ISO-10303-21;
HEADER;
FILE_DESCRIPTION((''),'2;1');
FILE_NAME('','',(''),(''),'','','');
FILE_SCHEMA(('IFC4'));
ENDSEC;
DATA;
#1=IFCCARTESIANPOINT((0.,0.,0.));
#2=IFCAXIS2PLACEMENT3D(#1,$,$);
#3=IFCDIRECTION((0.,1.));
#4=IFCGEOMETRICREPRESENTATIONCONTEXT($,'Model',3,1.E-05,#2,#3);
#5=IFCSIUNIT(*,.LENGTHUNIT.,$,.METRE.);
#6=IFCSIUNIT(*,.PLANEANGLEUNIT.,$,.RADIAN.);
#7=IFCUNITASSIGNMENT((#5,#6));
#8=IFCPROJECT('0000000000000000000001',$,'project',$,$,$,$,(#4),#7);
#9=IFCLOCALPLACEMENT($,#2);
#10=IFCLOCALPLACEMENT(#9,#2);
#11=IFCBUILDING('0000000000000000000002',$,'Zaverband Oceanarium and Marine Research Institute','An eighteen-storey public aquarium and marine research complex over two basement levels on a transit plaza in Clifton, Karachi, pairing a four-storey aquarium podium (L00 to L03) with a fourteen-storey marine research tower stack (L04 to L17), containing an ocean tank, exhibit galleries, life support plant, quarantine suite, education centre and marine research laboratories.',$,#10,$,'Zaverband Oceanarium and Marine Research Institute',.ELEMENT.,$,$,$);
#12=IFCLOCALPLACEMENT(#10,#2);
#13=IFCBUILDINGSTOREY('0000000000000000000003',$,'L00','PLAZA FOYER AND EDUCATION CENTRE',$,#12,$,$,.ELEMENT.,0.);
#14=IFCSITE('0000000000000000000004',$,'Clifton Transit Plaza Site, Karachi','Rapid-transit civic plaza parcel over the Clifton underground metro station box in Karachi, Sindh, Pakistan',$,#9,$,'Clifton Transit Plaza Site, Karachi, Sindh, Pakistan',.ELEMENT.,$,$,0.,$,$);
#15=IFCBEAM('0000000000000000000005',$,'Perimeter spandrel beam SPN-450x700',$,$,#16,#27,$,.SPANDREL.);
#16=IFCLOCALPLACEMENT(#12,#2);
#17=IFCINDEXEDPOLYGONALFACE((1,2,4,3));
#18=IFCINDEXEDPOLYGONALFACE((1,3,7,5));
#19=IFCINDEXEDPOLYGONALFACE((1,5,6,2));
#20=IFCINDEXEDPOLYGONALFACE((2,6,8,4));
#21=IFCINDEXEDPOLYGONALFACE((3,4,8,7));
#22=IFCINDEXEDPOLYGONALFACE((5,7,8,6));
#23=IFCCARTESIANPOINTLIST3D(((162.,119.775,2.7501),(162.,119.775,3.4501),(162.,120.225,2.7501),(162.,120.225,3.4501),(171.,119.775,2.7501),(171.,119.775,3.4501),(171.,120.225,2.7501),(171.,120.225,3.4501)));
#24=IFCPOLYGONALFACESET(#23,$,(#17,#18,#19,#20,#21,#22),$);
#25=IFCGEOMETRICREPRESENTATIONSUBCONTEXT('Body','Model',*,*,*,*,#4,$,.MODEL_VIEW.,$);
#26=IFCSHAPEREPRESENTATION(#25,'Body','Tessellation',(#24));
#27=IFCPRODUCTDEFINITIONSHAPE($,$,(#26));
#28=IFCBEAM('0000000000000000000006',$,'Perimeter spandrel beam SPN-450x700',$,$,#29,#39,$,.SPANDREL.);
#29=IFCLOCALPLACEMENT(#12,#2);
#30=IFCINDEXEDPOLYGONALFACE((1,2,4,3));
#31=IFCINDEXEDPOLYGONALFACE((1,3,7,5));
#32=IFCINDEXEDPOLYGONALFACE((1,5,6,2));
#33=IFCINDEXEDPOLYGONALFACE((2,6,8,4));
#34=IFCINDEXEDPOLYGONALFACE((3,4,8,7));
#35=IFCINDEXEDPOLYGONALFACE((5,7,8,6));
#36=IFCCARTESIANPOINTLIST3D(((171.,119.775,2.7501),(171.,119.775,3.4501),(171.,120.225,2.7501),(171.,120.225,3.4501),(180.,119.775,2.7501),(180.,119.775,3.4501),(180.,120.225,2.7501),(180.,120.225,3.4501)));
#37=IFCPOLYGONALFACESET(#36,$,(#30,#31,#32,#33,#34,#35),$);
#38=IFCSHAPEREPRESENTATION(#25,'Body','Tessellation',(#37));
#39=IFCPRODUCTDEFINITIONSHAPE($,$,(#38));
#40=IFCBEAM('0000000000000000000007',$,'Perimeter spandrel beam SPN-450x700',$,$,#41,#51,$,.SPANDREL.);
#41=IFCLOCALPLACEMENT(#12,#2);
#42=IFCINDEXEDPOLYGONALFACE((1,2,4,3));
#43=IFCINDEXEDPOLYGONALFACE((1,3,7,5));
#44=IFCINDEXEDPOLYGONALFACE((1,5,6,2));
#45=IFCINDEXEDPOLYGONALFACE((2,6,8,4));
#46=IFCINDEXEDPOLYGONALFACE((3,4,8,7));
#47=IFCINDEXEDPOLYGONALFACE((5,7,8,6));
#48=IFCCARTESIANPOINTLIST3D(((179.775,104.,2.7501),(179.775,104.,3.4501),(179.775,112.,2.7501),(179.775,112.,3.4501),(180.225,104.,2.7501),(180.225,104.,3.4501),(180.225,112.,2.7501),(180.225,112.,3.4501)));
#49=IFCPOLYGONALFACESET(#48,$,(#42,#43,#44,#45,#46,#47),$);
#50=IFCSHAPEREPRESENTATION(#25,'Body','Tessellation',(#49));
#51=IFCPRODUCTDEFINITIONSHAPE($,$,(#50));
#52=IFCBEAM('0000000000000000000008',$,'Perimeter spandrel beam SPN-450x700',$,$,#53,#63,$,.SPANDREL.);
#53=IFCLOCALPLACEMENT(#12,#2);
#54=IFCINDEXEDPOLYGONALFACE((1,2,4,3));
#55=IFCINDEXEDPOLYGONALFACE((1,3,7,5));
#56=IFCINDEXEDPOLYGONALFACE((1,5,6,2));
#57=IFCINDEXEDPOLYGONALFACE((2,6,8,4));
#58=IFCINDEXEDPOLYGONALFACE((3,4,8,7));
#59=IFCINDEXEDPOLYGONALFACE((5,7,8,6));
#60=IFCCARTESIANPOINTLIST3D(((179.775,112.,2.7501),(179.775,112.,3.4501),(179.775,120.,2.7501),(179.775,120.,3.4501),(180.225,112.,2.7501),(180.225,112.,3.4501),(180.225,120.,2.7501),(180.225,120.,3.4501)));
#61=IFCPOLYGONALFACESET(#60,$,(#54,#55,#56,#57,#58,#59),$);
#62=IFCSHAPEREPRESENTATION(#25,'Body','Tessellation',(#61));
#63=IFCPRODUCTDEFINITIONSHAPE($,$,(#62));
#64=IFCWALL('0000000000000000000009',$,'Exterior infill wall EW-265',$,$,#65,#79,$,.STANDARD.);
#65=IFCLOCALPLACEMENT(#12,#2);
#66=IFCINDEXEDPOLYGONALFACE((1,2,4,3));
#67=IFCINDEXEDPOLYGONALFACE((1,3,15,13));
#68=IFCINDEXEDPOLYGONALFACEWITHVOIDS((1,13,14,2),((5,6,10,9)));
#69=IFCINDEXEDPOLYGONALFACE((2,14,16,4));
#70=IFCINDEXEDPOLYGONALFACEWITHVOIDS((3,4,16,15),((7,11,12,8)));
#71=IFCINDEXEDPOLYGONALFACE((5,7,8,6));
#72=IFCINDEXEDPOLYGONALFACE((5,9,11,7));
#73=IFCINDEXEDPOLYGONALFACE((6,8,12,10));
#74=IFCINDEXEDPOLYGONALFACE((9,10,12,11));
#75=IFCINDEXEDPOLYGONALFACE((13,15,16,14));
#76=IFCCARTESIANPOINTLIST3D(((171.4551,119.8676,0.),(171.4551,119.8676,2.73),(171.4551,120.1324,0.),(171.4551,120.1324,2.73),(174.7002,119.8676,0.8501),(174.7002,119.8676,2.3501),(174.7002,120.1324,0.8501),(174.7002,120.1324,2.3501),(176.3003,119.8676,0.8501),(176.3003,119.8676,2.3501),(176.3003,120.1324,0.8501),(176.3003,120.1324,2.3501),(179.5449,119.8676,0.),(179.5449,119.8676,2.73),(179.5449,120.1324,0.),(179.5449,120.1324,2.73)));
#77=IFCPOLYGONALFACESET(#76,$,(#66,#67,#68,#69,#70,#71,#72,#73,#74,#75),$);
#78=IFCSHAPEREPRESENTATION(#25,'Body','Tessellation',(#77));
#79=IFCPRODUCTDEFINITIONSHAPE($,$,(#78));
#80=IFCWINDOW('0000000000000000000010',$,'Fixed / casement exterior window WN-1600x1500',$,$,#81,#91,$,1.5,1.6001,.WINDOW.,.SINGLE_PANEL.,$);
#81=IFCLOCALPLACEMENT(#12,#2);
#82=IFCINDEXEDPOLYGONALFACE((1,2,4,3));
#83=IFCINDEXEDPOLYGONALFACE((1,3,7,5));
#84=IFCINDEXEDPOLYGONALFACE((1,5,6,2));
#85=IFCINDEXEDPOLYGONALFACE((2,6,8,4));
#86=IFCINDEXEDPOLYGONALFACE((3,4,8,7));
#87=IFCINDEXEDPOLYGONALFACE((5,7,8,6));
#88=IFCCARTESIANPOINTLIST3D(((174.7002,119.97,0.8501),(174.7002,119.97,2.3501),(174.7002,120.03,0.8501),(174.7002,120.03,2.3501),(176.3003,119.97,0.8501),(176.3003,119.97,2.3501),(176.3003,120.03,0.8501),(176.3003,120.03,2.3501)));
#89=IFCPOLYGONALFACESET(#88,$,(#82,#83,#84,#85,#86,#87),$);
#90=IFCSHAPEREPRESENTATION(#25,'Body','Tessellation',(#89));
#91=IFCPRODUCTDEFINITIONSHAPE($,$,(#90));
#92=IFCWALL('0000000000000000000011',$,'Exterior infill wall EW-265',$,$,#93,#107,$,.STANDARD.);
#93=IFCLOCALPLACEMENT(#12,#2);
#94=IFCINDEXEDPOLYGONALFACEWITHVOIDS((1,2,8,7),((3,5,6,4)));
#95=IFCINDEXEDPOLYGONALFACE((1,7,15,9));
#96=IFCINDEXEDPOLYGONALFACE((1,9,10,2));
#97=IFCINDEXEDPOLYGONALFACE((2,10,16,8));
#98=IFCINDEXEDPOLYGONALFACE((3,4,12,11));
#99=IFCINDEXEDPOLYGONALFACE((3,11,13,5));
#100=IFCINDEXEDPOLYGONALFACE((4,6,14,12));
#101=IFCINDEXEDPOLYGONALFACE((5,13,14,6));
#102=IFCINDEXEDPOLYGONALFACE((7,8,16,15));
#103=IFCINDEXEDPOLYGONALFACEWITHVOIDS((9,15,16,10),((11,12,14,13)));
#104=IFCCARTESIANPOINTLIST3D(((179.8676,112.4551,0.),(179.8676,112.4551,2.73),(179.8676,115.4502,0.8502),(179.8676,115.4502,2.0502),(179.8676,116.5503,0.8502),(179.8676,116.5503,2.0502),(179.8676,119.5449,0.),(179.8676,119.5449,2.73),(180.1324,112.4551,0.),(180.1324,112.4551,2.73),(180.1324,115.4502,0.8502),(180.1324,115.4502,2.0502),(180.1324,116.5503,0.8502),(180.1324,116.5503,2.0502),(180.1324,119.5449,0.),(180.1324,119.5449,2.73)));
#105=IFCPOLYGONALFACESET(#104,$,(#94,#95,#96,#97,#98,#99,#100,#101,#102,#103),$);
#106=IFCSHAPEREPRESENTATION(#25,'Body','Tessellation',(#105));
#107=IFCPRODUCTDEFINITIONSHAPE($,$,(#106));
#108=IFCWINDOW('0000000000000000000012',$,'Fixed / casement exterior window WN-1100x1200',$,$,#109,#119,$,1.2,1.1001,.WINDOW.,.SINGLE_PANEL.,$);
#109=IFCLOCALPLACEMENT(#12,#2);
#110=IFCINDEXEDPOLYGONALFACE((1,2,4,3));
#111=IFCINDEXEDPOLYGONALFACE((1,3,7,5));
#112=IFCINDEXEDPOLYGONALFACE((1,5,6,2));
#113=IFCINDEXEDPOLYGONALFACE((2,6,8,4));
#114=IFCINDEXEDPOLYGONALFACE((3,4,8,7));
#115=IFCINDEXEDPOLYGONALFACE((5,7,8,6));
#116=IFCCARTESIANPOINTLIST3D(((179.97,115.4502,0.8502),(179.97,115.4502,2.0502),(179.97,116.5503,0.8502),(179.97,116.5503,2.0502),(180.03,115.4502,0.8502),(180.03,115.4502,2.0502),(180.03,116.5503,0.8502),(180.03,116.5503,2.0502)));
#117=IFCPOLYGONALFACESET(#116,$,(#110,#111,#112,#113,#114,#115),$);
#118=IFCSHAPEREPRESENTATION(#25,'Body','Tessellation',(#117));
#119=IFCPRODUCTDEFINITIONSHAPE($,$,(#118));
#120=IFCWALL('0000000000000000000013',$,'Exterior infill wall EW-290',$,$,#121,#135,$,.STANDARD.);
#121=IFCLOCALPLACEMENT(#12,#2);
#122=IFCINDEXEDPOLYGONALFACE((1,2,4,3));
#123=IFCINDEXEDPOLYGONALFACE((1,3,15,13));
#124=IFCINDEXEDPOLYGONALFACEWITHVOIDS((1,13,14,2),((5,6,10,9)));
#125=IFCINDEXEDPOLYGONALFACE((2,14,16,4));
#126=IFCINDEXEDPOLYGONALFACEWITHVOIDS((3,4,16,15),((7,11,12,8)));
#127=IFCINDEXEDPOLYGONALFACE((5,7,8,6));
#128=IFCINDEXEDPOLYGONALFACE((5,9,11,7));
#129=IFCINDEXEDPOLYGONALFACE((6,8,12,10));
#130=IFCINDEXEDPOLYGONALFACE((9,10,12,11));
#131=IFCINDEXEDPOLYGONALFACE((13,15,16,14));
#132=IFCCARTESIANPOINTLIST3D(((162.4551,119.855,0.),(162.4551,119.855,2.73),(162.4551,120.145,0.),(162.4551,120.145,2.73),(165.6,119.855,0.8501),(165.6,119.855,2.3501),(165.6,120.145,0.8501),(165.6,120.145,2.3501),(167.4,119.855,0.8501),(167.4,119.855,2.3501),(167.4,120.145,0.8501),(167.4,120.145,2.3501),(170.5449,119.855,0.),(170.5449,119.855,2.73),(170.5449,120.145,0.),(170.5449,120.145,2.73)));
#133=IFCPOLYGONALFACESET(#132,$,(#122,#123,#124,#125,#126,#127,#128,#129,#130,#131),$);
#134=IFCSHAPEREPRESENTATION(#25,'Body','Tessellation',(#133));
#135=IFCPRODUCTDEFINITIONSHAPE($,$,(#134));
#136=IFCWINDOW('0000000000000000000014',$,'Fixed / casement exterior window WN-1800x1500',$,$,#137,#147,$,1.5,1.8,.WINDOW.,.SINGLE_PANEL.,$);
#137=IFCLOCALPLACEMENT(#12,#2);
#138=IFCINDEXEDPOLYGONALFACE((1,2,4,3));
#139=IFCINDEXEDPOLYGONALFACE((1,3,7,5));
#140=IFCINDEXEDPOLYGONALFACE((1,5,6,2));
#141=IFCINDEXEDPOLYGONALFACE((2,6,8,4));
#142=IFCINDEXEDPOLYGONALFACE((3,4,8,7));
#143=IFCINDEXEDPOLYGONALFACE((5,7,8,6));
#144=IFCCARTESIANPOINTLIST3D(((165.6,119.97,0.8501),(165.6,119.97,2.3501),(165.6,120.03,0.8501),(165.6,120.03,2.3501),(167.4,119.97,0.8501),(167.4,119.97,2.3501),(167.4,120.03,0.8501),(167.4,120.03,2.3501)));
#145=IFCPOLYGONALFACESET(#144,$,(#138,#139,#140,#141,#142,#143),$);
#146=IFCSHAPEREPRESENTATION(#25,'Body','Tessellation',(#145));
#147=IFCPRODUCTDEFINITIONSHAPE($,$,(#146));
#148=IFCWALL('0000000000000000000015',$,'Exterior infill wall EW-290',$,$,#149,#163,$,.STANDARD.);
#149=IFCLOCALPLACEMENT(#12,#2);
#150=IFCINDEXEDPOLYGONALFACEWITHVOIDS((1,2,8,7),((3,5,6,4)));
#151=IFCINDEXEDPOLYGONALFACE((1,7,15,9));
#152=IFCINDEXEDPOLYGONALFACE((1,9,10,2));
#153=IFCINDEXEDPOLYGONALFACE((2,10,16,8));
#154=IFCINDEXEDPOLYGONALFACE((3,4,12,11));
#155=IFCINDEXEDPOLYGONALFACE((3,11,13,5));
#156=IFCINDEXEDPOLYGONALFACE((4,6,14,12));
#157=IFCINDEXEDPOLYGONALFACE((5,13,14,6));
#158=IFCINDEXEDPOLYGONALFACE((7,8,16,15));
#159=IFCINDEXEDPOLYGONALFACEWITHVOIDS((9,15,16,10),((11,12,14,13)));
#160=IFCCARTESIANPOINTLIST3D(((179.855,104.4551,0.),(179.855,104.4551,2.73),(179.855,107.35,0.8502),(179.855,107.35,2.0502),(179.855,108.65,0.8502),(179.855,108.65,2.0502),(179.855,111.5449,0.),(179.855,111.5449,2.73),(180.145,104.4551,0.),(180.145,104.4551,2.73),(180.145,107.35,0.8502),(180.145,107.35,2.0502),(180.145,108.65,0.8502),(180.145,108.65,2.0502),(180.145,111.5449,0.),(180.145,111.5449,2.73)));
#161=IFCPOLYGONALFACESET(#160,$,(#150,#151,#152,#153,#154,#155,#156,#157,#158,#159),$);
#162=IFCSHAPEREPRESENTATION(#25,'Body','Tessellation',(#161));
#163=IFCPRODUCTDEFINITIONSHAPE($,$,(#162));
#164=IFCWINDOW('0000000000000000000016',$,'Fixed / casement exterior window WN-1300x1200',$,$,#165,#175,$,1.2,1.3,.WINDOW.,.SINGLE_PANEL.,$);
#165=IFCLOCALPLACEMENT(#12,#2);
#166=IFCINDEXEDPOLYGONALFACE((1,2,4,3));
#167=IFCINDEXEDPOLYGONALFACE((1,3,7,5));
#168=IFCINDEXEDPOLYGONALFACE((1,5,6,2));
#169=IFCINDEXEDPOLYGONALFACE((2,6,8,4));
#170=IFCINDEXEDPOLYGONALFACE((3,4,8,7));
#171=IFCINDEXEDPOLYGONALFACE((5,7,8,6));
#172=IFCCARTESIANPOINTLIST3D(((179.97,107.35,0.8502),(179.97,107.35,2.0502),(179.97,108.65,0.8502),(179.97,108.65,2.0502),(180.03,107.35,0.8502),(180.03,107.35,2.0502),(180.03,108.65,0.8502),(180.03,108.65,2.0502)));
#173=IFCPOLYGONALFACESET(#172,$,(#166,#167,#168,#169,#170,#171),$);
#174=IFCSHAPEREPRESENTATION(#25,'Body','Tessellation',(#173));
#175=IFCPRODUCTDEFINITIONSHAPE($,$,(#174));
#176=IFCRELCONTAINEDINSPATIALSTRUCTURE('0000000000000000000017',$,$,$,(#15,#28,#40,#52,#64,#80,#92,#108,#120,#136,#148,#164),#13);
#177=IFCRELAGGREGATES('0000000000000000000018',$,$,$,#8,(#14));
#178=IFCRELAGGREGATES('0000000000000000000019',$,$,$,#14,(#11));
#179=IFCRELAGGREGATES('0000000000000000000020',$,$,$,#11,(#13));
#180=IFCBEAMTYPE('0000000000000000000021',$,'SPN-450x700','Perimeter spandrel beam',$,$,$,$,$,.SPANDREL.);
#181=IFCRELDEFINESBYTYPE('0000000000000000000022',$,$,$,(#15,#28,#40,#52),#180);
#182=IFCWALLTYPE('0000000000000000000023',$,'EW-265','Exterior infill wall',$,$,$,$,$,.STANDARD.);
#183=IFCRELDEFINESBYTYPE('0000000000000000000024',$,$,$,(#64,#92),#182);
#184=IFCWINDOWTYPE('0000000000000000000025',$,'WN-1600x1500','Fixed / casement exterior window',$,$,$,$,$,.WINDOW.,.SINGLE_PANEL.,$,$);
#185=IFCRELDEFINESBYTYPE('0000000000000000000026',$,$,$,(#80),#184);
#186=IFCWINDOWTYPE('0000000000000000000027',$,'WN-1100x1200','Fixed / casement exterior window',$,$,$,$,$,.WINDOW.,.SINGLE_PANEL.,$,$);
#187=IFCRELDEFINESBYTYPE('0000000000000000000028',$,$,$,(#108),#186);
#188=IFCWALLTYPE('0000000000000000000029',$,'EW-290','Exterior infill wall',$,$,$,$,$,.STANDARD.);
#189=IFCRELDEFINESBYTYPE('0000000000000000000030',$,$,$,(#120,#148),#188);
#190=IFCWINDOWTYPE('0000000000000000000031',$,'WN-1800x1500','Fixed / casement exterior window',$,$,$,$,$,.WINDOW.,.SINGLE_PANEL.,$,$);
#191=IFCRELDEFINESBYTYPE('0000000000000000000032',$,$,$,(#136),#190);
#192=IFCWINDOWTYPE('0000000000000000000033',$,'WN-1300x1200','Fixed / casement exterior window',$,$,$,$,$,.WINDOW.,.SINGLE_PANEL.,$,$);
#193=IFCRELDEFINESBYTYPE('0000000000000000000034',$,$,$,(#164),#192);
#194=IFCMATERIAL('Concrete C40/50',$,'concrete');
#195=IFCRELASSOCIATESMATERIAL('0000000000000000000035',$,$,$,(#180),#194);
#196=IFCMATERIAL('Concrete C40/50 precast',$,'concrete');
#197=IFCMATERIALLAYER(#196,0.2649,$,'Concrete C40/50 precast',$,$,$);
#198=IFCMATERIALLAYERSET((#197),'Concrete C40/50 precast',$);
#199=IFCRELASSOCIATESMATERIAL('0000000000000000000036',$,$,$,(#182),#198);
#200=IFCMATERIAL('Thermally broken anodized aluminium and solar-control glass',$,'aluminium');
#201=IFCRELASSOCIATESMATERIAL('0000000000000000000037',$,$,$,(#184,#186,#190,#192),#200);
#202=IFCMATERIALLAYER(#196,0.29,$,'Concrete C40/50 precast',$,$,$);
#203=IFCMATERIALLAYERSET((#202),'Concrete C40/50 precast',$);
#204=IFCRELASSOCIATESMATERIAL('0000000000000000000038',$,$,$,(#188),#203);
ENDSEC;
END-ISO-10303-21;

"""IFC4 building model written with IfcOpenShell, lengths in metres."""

from ifc_helpers import new_model, si_unit, direction, frame, frame_2d, origin, origin_2d, place, context, subcontext, project, spatial, rectangle, extrude, material, layer, layer_set, material_profile, profile_set, type_object, element, fill, save


model = new_model("IFC4")

# Units and contexts
model_context = context("Model", 3, precision=1e-05, world=origin(), true_north=direction((0.0, 1.0)))
body_context = subcontext(model_context, "Body", "Model", "MODEL_VIEW")
ifc_project = project(units=[si_unit("LENGTHUNIT", "METRE"), si_unit("PLANEANGLEUNIT", "RADIAN")], contexts=[model_context])

# Site, building, storey
site_placement = place(None, origin())
site = spatial("IfcSite", under=ifc_project, at=site_placement, Name="Clifton Transit Plaza Site, Karachi", Description="Rapid-transit civic plaza parcel over the Clifton underground metro station box in Karachi, Sindh, Pakistan", LongName="Clifton Transit Plaza Site, Karachi, Sindh, Pakistan", CompositionType="ELEMENT", RefElevation=0.0)
building_placement = place(site_placement, origin())
building = spatial("IfcBuilding", under=site, at=building_placement, Name="Zaverband Oceanarium and Marine Research Institute", Description="An eighteen-storey public aquarium and marine research complex over two basement levels on a transit plaza in Clifton, Karachi, pairing a four-storey aquarium podium (L00 to L03) with a fourteen-storey marine research tower stack (L04 to L17), containing an ocean tank, exhibit galleries, life support plant, quarantine suite, education centre and marine research laboratories.", LongName="Zaverband Oceanarium and Marine Research Institute", CompositionType="ELEMENT")
storey_placement = place(building_placement, origin())
storey = spatial("IfcBuildingStorey", under=building, at=storey_placement, Name="L00", Description="PLAZA FOYER AND EDUCATION CENTRE", CompositionType="ELEMENT", Elevation=0.0)

# Beams
ifc_material_1 = material(Name="Concrete C40/50", Category="concrete")
ifc_material_profile_1 = material_profile(ifc_material_1, rectangle(XDim=0.45, YDim=0.7, at=origin_2d()), Name="RC450x700")
ifc_profile_set_1 = profile_set([ifc_material_profile_1], Name="Concrete C40/50")
beam_type_1 = type_object("IfcBeamType", Name="SPN-450x700", Description="Perimeter spandrel beam", PredefinedType="SPANDREL", material=ifc_profile_set_1)
for number, where, z_axis, x_axis, name in (
    (1, (162.0, 120.0, 3.1001), (1.0, 0.0, 0.0), (0.0, 1.0, 0.0), "Perimeter spandrel beam SPN-450x700"),
    (2, (171.0, 120.0, 3.1001), (1.0, 0.0, 0.0), (0.0, 1.0, 0.0), "Perimeter spandrel beam SPN-450x700"),
):
    element("IfcBeam", number, at=place(storey_placement, frame(where, z_axis=z_axis, x_axis=x_axis)), inside=storey, type_object=beam_type_1, Name=name, PredefinedType="SPANDREL", context=body_context, shape_type="SweptSolid", body=[
        extrude(rectangle(XDim=0.45, YDim=0.7, at=origin_2d()), origin(), (0.0, 0.0, 1.0), 9.0),
    ])
for number, where, z_axis, x_axis, name in (
    (3, (180.0, 104.0, 3.1001), (0.0, 1.0, 0.0), (-1.0, 0.0, 0.0), "Perimeter spandrel beam SPN-450x700"),
    (4, (180.0, 112.0, 3.1001), (0.0, 1.0, 0.0), (-1.0, 0.0, 0.0), "Perimeter spandrel beam SPN-450x700"),
):
    element("IfcBeam", number, at=place(storey_placement, frame(where, z_axis=z_axis, x_axis=x_axis)), inside=storey, type_object=beam_type_1, Name=name, PredefinedType="SPANDREL", context=body_context, shape_type="SweptSolid", body=[
        extrude(rectangle(XDim=0.45, YDim=0.7, at=origin_2d()), origin(), (0.0, 0.0, 1.0), 8.0),
    ])

# Walls, openings, windows
ifc_material_2 = material(Name="Concrete C40/50 precast", Category="concrete")
ifc_layer_1 = layer(ifc_material_2, 0.2649, Name="Concrete C40/50 precast")
ifc_layer_set_1 = layer_set([ifc_layer_1], Name="Concrete C40/50 precast")
wall_type_1 = type_object("IfcWallType", Name="EW-265", Description="Exterior infill wall", PredefinedType="STANDARD", material=ifc_layer_set_1)
wall_1_placement = place(storey_placement, frame((171.4551, 120.0, 0.0), z_axis=(0.0, 0.0, 1.0), x_axis=(1.0, 0.0, 0.0)))
wall_1 = element("IfcWall", 5, at=wall_1_placement, inside=storey, type_object=wall_type_1, Name="Exterior infill wall EW-265", PredefinedType="STANDARD", context=body_context, shape_type="SweptSolid", body=[
    extrude(rectangle(XDim=8.0898, YDim=0.2649, at=frame_2d((4.0449, 0.0))), origin(), (0.0, 0.0, 1.0), 2.73),
])
opening_1_placement = place(wall_1_placement, frame((3.2451, 0.0, 0.8501)))
opening_1 = element("IfcOpeningElement", 6, at=opening_1_placement, cuts=wall_1, PredefinedType="OPENING", context=body_context, shape_type="SweptSolid", body=[
    extrude(rectangle(XDim=1.6001, YDim=1.5, at=frame_2d((0.8, 0.75))), frame((0.0, 0.1445, 0.0), z_axis=(0.0, -1.0, 0.0), x_axis=(1.0, 0.0, 0.0)), (0.0, 0.0, 1.0), 0.2888),
])
ifc_material_3 = material(Name="Thermally broken anodized aluminium and solar-control glass", Category="aluminium")
window_type_1 = type_object("IfcWindowType", Name="WN-1600x1500", Description="Fixed / casement exterior window", PartitioningType="SINGLE_PANEL", PredefinedType="WINDOW", material=ifc_material_3)
window_1_placement = place(opening_1_placement, origin())
window_1 = element("IfcWindow", 7, at=window_1_placement, inside=storey, type_object=window_type_1, Name="Fixed / casement exterior window WN-1600x1500", OverallHeight=1.5, OverallWidth=1.6001, PartitioningType="SINGLE_PANEL", PredefinedType="WINDOW", context=body_context, shape_type="SweptSolid", body=[
    extrude(rectangle(XDim=1.6001, YDim=1.5, at=frame_2d((0.8, 0.75))), frame((0.0, 0.03, 0.0), z_axis=(0.0, -1.0, 0.0), x_axis=(1.0, 0.0, 0.0)), (0.0, 0.0, 1.0), 0.0601),
])
fill(opening_1, window_1)
wall_2_placement = place(storey_placement, frame((180.0, 112.4551, 0.0), z_axis=(0.0, 0.0, 1.0), x_axis=(0.0, 1.0, 0.0)))
wall_2 = element("IfcWall", 8, at=wall_2_placement, inside=storey, type_object=wall_type_1, Name="Exterior infill wall EW-265", PredefinedType="STANDARD", context=body_context, shape_type="SweptSolid", body=[
    extrude(rectangle(XDim=7.0898, YDim=0.2649, at=frame_2d((3.5449, 0.0))), origin(), (0.0, 0.0, 1.0), 2.73),
])
opening_2_placement = place(wall_2_placement, frame((2.9951, 0.0, 0.8501)))
opening_2 = element("IfcOpeningElement", 9, at=opening_2_placement, cuts=wall_2, PredefinedType="OPENING", context=body_context, shape_type="SweptSolid", body=[
    extrude(rectangle(XDim=1.1001, YDim=1.2, at=frame_2d((0.55, 0.6001))), frame((0.0, 0.1445, 0.0), z_axis=(0.0, -1.0, 0.0), x_axis=(1.0, 0.0, 0.0)), (0.0, 0.0, 1.0), 0.2888),
])
window_type_2 = type_object("IfcWindowType", Name="WN-1100x1200", Description="Fixed / casement exterior window", PartitioningType="SINGLE_PANEL", PredefinedType="WINDOW", material=ifc_material_3)
window_2_placement = place(opening_2_placement, origin())
window_2 = element("IfcWindow", 10, at=window_2_placement, inside=storey, type_object=window_type_2, Name="Fixed / casement exterior window WN-1100x1200", OverallHeight=1.2, OverallWidth=1.1001, PartitioningType="SINGLE_PANEL", PredefinedType="WINDOW", context=body_context, shape_type="SweptSolid", body=[
    extrude(rectangle(XDim=1.1001, YDim=1.2, at=frame_2d((0.55, 0.6001))), frame((0.0, 0.03, 0.0), z_axis=(0.0, -1.0, 0.0), x_axis=(1.0, 0.0, 0.0)), (0.0, 0.0, 1.0), 0.0601),
])
fill(opening_2, window_2)
ifc_layer_2 = layer(ifc_material_2, 0.29, Name="Concrete C40/50 precast")
ifc_layer_set_2 = layer_set([ifc_layer_2], Name="Concrete C40/50 precast")
wall_type_2 = type_object("IfcWallType", Name="EW-290", Description="Exterior infill wall", PredefinedType="STANDARD", material=ifc_layer_set_2)
wall_3_placement = place(storey_placement, frame((162.4551, 120.0, 0.0), z_axis=(0.0, 0.0, 1.0), x_axis=(1.0, 0.0, 0.0)))
wall_3 = element("IfcWall", 11, at=wall_3_placement, inside=storey, type_object=wall_type_2, Name="Exterior infill wall EW-290", PredefinedType="STANDARD", context=body_context, shape_type="SweptSolid", body=[
    extrude(rectangle(XDim=8.0898, YDim=0.29, at=frame_2d((4.0449, 0.0))), origin(), (0.0, 0.0, 1.0), 2.73),
])
opening_3_placement = place(wall_3_placement, frame((3.145, 0.0, 0.8501)))
opening_3 = element("IfcOpeningElement", 12, at=opening_3_placement, cuts=wall_3, PredefinedType="OPENING", context=body_context, shape_type="SweptSolid", body=[
    extrude(rectangle(XDim=1.8, YDim=1.5, at=frame_2d((0.8999, 0.75))), frame((0.0, 0.157, 0.0), z_axis=(0.0, -1.0, 0.0), x_axis=(1.0, 0.0, 0.0)), (0.0, 0.0, 1.0), 0.314),
])
window_type_3 = type_object("IfcWindowType", Name="WN-1800x1500", Description="Fixed / casement exterior window", PartitioningType="SINGLE_PANEL", PredefinedType="WINDOW", material=ifc_material_3)
window_3_placement = place(opening_3_placement, origin())
window_3 = element("IfcWindow", 13, at=window_3_placement, inside=storey, type_object=window_type_3, Name="Fixed / casement exterior window WN-1800x1500", OverallHeight=1.5, OverallWidth=1.8, PartitioningType="SINGLE_PANEL", PredefinedType="WINDOW", context=body_context, shape_type="SweptSolid", body=[
    extrude(rectangle(XDim=1.8, YDim=1.5, at=frame_2d((0.8999, 0.75))), frame((0.0, 0.03, 0.0), z_axis=(0.0, -1.0, 0.0), x_axis=(1.0, 0.0, 0.0)), (0.0, 0.0, 1.0), 0.0601),
])
fill(opening_3, window_3)
wall_4_placement = place(storey_placement, frame((180.0, 104.4551, 0.0), z_axis=(0.0, 0.0, 1.0), x_axis=(0.0, 1.0, 0.0)))
wall_4 = element("IfcWall", 14, at=wall_4_placement, inside=storey, type_object=wall_type_2, Name="Exterior infill wall EW-290", PredefinedType="STANDARD", context=body_context, shape_type="SweptSolid", body=[
    extrude(rectangle(XDim=7.0898, YDim=0.29, at=frame_2d((3.5449, 0.0))), origin(), (0.0, 0.0, 1.0), 2.73),
])
opening_4_placement = place(wall_4_placement, frame((2.895, 0.0, 0.8501)))
opening_4 = element("IfcOpeningElement", 15, at=opening_4_placement, cuts=wall_4, PredefinedType="OPENING", context=body_context, shape_type="SweptSolid", body=[
    extrude(rectangle(XDim=1.3, YDim=1.2, at=frame_2d((0.6499, 0.6001))), frame((0.0, 0.157, 0.0), z_axis=(0.0, -1.0, 0.0), x_axis=(1.0, 0.0, 0.0)), (0.0, 0.0, 1.0), 0.314),
])
window_type_4 = type_object("IfcWindowType", Name="WN-1300x1200", Description="Fixed / casement exterior window", PartitioningType="SINGLE_PANEL", PredefinedType="WINDOW", material=ifc_material_3)
window_4_placement = place(opening_4_placement, origin())
window_4 = element("IfcWindow", 16, at=window_4_placement, inside=storey, type_object=window_type_4, Name="Fixed / casement exterior window WN-1300x1200", OverallHeight=1.2, OverallWidth=1.3, PartitioningType="SINGLE_PANEL", PredefinedType="WINDOW", context=body_context, shape_type="SweptSolid", body=[
    extrude(rectangle(XDim=1.3, YDim=1.2, at=frame_2d((0.6499, 0.6001))), frame((0.0, 0.03, 0.0), z_axis=(0.0, -1.0, 0.0), x_axis=(1.0, 0.0, 0.0)), (0.0, 0.0, 1.0), 0.0601),
])
fill(opening_4, window_4)

save(model, "model.ifc")
